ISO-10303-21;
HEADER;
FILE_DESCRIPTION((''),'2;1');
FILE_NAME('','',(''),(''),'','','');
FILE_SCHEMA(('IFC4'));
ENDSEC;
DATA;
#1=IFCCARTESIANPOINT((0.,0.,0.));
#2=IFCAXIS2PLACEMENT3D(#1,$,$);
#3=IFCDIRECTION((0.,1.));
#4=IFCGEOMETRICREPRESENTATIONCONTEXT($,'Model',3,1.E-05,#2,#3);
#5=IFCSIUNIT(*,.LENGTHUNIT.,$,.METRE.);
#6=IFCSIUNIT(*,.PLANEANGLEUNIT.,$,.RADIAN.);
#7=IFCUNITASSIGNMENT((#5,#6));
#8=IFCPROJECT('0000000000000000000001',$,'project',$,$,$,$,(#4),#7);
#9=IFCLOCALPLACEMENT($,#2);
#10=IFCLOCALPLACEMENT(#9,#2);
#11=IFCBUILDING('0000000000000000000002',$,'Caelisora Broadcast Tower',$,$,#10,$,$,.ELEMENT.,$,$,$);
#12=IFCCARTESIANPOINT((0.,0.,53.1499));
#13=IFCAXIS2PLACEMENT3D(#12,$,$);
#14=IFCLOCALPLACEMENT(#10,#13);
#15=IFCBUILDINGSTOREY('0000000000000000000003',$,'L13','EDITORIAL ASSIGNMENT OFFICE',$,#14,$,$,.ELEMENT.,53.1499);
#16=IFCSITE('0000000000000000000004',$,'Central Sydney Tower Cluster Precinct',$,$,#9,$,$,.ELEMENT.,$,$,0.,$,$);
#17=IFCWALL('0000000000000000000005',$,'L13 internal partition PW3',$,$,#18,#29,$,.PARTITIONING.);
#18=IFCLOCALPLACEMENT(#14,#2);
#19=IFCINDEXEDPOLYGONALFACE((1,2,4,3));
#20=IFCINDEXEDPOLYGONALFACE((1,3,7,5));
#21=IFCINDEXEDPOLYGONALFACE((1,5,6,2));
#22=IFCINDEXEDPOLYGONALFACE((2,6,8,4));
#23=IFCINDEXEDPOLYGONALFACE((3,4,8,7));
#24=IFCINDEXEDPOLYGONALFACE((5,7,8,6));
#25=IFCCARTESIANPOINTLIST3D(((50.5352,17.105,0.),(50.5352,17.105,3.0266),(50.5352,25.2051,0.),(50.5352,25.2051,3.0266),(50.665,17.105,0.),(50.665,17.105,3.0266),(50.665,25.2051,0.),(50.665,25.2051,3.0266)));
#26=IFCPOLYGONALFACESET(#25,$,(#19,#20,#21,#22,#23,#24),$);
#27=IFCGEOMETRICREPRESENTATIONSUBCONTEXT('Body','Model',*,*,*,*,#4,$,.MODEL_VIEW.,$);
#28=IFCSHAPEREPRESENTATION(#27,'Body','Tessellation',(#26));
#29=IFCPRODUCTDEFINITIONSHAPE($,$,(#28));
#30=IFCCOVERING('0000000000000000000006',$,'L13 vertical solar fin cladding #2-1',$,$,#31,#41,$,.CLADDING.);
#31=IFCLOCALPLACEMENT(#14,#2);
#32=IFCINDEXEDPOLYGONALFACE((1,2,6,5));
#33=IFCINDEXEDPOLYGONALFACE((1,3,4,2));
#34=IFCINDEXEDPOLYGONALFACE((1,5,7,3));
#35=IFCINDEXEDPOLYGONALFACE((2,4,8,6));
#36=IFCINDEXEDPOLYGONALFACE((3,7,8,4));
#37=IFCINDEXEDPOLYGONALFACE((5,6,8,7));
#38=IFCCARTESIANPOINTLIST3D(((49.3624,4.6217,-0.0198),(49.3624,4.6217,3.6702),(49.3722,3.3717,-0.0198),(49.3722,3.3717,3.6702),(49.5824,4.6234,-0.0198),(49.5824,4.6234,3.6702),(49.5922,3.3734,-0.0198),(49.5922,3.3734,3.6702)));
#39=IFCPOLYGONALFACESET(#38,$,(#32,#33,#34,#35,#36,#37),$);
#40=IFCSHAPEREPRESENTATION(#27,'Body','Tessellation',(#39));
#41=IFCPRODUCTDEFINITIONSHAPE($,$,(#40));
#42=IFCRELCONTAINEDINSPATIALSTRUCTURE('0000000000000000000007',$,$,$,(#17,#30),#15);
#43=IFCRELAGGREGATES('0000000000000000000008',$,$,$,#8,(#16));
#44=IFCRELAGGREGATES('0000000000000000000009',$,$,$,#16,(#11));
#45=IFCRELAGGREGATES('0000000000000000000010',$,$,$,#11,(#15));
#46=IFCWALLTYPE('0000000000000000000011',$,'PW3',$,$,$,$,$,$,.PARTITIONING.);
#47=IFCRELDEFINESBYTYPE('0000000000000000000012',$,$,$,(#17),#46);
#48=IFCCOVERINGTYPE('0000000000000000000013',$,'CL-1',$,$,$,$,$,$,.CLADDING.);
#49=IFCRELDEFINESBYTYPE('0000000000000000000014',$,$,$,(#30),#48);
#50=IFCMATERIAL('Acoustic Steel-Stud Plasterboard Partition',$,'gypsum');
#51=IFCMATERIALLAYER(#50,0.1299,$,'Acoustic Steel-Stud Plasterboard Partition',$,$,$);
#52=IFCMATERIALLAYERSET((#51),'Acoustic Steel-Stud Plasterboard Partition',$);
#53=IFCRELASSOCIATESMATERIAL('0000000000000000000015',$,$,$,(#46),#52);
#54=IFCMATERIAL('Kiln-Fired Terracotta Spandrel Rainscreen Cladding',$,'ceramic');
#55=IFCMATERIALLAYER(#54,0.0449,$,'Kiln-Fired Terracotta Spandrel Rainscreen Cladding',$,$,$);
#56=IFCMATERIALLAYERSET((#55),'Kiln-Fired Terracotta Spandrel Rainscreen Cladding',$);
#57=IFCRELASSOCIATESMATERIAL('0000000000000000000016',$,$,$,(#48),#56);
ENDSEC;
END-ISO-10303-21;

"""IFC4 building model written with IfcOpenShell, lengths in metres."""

from ifc_helpers import new_model, si_unit, direction, frame, frame_2d, origin, origin_2d, place, context, subcontext, project, spatial, rectangle, extrude, source, transform, mapped, material, layer, layer_set, type_object, type_shapes, element, save


model = new_model("IFC4")

# Units and contexts
model_context = context("Model", 3, precision=1e-05, world=origin(), true_north=direction((0.0, 1.0)))
body_context = subcontext(model_context, "Body", "Model", "MODEL_VIEW")
ifc_project = project(units=[si_unit("LENGTHUNIT", "METRE"), si_unit("PLANEANGLEUNIT", "RADIAN")], contexts=[model_context])

# Site, building, storey
site_placement = place(None, origin())
site = spatial("IfcSite", under=ifc_project, at=site_placement, Name="Central Sydney Tower Cluster Precinct", CompositionType="ELEMENT", RefElevation=0.0)
building_placement = place(site_placement, origin())
building = spatial("IfcBuilding", under=site, at=building_placement, Name="Caelisora Broadcast Tower", CompositionType="ELEMENT")
storey_placement = place(building_placement, frame((0.0, 0.0, 53.1499)))
storey = spatial("IfcBuildingStorey", under=building, at=storey_placement, Name="L13", Description="EDITORIAL ASSIGNMENT OFFICE", CompositionType="ELEMENT", Elevation=53.1499)

# Shared definitions
ifc_material_1 = material(Name="Acoustic Steel-Stud Plasterboard Partition", Category="gypsum")
ifc_layer_1 = layer(ifc_material_1, 0.1299, Name="Acoustic Steel-Stud Plasterboard Partition")
ifc_layer_set_1 = layer_set([ifc_layer_1], Name="Acoustic Steel-Stud Plasterboard Partition")
wall_type_1 = type_object("IfcWallType", Name="PW3", PredefinedType="PARTITIONING", material=ifc_layer_set_1)

# Wall
wall_1_placement = place(storey_placement, frame((50.6001, 17.105, 0.0), z_axis=(0.0, 0.0, 1.0), x_axis=(0.0, 1.0, 0.0)))
element("IfcWall", 1, at=wall_1_placement, inside=storey, type_object=wall_type_1, Name="L13 internal partition PW3", PredefinedType="PARTITIONING", context=body_context, shape_type="SweptSolid", body=[
    extrude(rectangle(XDim=8.1001, YDim=0.1299, at=frame_2d((4.05, 0.0))), origin(), (0.0, 0.0, 1.0), 3.0266),
])

# Covering
ifc_material_2 = material(Name="Kiln-Fired Terracotta Spandrel Rainscreen Cladding", Category="ceramic")
ifc_layer_2 = layer(ifc_material_2, 0.0449, Name="Kiln-Fired Terracotta Spandrel Rainscreen Cladding")
ifc_layer_set_2 = layer_set([ifc_layer_2], Name="Kiln-Fired Terracotta Spandrel Rainscreen Cladding")
covering_type = type_object("IfcCoveringType", Name="CL-1", PredefinedType="CLADDING", material=ifc_layer_set_2)
shared_shape_1 = source(origin(), body_context, "Body", "SweptSolid", [
    extrude(rectangle(XDim=0.22, YDim=1.25, at=origin_2d()), origin(), (0.0, 0.0, 1.0), 3.6899),
])
type_shapes(covering_type, [shared_shape_1])
covering_placement = place(storey_placement, frame((49.4773, 3.9976, -0.0198), z_axis=(0.0, 0.0, 1.0), x_axis=(-0.999969, -0.007854, 0.0)))
element("IfcCovering", 2, at=covering_placement, inside=storey, type_object=covering_type, Name="L13 vertical solar fin cladding #2-1", PredefinedType="CLADDING", context=body_context, shape_type="MappedRepresentation", body=[
    mapped(shared_shape_1, transform((0.0, 0.0, 0.0), scale=1.0)),
])

save(model, "model.ifc")
